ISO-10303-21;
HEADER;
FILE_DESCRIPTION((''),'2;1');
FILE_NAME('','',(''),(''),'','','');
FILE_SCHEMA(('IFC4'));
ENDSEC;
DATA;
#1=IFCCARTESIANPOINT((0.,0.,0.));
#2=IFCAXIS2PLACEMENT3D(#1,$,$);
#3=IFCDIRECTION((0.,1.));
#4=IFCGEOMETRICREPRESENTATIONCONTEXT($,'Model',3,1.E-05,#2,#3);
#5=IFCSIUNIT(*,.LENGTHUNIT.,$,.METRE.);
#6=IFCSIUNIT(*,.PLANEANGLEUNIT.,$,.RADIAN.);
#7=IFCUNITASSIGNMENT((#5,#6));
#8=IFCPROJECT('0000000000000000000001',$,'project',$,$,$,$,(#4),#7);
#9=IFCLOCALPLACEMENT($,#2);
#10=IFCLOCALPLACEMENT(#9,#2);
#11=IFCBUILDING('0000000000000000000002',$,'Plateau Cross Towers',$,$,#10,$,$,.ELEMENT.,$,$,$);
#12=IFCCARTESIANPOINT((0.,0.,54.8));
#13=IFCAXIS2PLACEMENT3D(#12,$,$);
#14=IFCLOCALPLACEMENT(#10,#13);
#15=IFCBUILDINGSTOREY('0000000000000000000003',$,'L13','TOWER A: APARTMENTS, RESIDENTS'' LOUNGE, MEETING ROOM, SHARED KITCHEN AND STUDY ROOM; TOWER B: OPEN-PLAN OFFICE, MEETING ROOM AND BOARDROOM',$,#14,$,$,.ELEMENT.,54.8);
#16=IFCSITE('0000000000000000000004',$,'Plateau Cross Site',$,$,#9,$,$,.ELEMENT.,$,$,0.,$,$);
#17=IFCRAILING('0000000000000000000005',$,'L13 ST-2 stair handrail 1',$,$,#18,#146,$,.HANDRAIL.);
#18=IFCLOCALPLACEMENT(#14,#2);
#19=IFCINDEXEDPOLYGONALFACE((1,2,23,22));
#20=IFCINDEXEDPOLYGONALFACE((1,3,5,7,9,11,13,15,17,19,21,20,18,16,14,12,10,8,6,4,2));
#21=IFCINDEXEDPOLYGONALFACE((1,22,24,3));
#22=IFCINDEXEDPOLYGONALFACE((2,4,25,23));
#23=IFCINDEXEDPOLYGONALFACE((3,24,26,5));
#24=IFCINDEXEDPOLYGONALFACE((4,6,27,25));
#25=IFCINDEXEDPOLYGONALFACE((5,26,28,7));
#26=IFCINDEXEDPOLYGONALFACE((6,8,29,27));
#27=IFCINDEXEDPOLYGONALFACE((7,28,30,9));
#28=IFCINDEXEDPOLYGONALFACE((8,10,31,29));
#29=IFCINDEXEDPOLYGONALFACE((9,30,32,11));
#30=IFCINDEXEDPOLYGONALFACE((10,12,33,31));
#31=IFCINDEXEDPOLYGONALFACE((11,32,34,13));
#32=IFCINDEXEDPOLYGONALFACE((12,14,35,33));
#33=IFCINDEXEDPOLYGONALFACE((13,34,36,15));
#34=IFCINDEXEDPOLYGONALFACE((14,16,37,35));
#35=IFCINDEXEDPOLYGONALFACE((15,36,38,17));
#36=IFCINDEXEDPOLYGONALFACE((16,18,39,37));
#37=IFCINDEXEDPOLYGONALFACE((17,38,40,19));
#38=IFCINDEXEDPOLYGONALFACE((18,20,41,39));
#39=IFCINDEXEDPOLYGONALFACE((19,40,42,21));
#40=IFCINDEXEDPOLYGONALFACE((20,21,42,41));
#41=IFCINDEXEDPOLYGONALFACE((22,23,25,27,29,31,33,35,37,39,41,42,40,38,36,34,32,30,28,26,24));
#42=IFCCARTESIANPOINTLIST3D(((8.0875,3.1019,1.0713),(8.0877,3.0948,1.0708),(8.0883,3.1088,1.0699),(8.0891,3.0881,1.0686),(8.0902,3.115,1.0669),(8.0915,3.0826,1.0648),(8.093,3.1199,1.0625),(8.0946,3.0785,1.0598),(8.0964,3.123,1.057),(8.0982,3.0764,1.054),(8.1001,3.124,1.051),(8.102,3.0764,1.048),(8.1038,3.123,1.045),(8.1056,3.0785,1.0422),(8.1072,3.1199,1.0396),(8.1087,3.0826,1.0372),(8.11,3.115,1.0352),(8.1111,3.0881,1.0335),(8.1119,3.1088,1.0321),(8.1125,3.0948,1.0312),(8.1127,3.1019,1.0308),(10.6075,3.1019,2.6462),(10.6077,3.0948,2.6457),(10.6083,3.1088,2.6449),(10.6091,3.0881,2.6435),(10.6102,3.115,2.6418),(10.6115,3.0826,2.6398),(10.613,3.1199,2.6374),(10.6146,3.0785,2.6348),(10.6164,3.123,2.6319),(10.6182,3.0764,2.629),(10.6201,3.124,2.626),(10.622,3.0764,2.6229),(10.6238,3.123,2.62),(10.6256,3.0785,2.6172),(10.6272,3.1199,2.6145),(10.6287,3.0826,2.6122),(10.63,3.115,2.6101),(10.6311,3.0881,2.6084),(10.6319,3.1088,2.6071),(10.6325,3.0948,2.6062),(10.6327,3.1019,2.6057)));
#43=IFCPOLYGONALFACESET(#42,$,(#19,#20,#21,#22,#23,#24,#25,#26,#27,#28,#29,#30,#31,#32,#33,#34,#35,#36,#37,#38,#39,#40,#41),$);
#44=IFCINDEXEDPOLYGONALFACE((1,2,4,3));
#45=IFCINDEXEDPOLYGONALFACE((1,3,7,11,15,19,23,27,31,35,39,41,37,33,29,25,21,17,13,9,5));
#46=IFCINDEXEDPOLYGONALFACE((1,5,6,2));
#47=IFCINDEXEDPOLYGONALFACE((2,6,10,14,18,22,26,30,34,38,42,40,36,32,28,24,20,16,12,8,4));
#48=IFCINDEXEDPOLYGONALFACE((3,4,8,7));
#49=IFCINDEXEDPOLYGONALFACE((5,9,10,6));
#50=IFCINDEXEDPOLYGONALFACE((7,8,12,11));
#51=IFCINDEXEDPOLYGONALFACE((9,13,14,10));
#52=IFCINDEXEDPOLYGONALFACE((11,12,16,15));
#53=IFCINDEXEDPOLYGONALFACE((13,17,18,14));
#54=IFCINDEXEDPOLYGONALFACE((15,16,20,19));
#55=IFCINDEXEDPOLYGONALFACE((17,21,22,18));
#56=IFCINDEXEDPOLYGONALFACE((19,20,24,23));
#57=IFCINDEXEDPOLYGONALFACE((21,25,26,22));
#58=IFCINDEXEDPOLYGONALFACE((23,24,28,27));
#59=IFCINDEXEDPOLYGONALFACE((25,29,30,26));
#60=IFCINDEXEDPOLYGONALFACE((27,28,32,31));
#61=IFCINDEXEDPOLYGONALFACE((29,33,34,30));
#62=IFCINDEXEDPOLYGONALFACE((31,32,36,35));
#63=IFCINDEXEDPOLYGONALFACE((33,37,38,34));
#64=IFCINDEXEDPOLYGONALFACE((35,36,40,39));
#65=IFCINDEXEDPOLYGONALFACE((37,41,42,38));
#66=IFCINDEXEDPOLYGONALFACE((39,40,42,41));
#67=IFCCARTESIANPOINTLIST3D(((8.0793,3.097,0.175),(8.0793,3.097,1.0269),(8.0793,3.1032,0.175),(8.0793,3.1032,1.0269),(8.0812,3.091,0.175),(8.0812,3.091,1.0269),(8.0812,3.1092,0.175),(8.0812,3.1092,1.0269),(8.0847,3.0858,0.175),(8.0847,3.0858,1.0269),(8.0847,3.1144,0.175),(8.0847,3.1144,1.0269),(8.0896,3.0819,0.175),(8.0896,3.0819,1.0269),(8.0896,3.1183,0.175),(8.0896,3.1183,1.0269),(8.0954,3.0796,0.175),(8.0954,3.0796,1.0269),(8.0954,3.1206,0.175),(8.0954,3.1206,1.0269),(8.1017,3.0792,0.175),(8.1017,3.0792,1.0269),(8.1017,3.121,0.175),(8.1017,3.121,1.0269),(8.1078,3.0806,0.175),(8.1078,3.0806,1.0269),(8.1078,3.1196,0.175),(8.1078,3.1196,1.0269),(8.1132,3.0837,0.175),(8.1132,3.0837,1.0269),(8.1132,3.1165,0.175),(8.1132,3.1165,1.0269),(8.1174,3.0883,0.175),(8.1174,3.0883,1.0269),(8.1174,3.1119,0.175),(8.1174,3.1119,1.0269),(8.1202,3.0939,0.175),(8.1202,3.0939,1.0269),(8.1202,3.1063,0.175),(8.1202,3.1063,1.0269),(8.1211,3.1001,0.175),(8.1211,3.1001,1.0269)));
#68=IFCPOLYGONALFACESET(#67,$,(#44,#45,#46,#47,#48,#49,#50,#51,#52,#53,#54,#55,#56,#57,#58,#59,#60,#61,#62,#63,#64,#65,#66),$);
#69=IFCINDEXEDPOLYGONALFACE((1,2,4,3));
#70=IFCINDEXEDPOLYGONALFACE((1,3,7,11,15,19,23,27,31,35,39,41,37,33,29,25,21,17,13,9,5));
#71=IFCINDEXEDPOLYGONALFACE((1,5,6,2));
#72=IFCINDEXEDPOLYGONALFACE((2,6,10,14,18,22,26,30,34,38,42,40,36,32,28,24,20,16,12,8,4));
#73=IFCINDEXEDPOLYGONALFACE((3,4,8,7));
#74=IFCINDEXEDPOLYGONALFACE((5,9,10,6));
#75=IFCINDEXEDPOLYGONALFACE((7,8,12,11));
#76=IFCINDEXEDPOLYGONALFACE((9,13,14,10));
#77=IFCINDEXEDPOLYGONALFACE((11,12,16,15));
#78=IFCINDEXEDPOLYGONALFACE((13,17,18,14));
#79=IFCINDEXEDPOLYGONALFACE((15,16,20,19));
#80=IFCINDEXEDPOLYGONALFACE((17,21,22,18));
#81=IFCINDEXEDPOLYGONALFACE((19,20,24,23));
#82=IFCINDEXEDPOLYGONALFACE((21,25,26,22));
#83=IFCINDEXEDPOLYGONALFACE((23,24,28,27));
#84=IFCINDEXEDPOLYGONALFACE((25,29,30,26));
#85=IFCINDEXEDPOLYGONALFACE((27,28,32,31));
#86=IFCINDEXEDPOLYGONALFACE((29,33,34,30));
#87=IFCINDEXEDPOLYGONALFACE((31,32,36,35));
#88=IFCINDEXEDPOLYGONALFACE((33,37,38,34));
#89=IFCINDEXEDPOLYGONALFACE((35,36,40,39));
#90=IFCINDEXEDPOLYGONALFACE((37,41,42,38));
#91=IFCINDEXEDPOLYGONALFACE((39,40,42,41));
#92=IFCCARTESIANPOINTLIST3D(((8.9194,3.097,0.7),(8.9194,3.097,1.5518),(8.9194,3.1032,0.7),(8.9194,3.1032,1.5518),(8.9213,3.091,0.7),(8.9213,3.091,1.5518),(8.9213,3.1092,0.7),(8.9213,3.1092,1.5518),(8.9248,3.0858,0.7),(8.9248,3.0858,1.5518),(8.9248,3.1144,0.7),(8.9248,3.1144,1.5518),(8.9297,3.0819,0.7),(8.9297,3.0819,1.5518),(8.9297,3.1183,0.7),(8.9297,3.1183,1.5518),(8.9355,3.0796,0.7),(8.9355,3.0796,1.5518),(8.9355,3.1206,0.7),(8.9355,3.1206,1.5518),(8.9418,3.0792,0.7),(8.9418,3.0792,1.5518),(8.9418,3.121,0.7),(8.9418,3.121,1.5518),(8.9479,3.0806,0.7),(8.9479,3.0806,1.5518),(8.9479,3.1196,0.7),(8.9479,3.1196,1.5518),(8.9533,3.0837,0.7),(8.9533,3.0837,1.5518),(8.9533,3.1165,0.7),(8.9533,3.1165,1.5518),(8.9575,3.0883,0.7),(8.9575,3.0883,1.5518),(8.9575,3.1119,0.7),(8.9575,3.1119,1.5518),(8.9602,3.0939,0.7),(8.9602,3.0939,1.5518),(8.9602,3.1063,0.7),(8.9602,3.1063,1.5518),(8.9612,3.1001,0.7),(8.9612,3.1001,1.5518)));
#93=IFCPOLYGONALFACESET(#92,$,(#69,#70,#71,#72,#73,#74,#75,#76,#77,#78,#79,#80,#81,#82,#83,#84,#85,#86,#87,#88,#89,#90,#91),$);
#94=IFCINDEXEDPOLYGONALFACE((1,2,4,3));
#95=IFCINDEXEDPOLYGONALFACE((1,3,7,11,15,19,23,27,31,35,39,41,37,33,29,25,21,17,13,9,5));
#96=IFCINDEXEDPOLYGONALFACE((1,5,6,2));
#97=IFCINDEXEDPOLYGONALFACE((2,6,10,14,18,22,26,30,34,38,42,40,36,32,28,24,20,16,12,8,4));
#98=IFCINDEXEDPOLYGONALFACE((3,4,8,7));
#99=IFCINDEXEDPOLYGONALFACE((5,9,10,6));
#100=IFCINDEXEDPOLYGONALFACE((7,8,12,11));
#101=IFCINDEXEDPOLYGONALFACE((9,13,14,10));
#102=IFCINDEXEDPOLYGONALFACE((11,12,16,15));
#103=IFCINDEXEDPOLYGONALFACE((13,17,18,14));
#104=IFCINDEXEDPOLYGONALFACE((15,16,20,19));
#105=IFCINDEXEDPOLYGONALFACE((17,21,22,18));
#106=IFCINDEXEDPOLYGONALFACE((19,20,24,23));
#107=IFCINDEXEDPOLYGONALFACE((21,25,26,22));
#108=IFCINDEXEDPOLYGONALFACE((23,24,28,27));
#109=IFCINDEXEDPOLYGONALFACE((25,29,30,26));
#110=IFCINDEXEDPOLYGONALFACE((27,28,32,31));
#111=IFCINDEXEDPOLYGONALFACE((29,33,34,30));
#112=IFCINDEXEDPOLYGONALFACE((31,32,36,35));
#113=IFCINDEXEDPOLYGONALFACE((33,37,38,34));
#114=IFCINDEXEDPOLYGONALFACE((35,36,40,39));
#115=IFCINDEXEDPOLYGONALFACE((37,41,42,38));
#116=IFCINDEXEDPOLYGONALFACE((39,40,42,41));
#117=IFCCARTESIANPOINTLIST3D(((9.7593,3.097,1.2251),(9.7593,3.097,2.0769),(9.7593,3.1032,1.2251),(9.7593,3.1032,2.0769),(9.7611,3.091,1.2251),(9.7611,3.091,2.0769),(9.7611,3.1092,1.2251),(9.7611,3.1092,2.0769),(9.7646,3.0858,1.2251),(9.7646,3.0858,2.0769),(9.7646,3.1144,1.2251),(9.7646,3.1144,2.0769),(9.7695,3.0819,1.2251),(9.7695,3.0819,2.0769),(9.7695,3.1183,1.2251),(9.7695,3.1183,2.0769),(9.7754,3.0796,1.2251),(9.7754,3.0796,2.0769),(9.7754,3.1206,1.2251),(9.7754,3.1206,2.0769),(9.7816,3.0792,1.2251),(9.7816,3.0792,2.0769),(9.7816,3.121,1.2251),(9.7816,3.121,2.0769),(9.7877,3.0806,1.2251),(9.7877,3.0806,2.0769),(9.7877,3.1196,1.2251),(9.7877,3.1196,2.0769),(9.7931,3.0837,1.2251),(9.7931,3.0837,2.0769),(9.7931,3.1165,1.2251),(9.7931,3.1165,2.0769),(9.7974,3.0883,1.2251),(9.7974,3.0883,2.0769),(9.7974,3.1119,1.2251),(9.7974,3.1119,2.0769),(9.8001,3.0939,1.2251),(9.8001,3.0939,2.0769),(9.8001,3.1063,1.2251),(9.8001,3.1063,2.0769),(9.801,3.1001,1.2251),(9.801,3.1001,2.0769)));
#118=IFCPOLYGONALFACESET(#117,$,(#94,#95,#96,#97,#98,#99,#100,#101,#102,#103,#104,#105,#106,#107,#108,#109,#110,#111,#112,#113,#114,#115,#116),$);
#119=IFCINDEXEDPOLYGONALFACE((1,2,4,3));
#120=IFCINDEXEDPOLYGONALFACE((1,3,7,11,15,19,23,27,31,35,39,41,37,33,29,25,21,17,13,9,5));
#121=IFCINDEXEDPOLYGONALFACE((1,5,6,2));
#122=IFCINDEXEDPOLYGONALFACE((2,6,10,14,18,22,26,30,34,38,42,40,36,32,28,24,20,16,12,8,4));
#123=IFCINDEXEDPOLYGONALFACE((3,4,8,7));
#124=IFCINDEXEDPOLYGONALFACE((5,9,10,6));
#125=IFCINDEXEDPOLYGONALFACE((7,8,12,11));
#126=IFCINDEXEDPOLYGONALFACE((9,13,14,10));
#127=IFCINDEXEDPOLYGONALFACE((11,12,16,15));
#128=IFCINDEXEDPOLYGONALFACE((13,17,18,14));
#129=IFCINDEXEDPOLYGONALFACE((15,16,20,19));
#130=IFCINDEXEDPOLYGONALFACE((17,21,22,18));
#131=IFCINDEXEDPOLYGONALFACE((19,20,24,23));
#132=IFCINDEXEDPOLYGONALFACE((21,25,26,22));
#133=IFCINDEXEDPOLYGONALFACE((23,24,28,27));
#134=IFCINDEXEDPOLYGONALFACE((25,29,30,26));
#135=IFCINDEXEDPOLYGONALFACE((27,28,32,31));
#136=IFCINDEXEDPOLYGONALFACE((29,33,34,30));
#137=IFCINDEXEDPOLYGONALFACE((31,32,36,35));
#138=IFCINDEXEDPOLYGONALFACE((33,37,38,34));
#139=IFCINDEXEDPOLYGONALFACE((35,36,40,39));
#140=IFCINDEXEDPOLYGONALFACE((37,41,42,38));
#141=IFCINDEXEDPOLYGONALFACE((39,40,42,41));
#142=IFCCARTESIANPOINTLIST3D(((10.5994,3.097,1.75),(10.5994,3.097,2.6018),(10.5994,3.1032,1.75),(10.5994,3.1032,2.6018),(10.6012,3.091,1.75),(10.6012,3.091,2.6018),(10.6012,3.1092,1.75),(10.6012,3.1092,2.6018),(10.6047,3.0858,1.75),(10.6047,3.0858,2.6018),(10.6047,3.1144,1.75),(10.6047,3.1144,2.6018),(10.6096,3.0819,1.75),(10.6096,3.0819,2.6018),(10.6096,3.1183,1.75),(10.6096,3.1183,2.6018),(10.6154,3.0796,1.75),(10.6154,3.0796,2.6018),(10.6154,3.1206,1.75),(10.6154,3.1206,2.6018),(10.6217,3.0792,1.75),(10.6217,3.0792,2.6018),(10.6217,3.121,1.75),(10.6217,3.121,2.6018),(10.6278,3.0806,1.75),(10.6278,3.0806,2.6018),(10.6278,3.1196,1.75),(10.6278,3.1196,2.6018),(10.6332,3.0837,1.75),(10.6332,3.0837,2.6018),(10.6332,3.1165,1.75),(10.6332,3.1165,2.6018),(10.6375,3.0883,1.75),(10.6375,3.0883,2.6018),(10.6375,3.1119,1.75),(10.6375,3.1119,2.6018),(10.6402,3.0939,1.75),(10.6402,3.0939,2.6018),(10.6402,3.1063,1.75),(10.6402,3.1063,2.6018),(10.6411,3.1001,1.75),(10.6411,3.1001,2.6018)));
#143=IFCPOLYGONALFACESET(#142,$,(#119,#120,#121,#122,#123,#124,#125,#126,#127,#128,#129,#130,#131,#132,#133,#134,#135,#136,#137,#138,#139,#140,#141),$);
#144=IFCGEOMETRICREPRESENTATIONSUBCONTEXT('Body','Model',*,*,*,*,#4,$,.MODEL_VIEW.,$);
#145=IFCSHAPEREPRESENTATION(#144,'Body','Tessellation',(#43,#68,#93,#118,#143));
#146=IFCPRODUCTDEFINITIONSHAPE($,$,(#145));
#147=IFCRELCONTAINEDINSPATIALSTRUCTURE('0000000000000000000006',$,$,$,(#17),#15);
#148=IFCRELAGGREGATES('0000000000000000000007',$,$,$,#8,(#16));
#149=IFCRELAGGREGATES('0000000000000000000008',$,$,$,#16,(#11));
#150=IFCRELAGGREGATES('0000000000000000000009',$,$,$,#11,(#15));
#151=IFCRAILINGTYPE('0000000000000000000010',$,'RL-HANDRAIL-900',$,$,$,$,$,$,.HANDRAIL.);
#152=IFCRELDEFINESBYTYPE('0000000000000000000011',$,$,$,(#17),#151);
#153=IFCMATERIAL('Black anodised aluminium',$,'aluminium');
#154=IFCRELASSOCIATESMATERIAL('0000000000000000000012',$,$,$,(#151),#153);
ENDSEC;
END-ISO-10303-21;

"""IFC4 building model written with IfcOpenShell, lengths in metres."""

from ifc_helpers import new_model, si_unit, direction, frame, origin, origin_2d, place, context, subcontext, project, spatial, circle, extrude, material, type_object, element, save


model = new_model("IFC4")

# Units and contexts
model_context = context("Model", 3, precision=1e-05, world=origin(), true_north=direction((0.0, 1.0)))
body_context = subcontext(model_context, "Body", "Model", "MODEL_VIEW")
ifc_project = project(units=[si_unit("LENGTHUNIT", "METRE"), si_unit("PLANEANGLEUNIT", "RADIAN")], contexts=[model_context])

# Site, building, storey
site_placement = place(None, origin())
site = spatial("IfcSite", under=ifc_project, at=site_placement, Name="Plateau Cross Site", CompositionType="ELEMENT", RefElevation=0.0)
building_placement = place(site_placement, origin())
building = spatial("IfcBuilding", under=site, at=building_placement, Name="Plateau Cross Towers", CompositionType="ELEMENT")
storey_placement = place(building_placement, frame((0.0, 0.0, 54.8)))
storey = spatial("IfcBuildingStorey", under=building, at=storey_placement, Name="L13", Description="TOWER A: APARTMENTS, RESIDENTS' LOUNGE, MEETING ROOM, SHARED KITCHEN AND STUDY ROOM; TOWER B: OPEN-PLAN OFFICE, MEETING ROOM AND BOARDROOM", CompositionType="ELEMENT", Elevation=54.8)

# Shared definitions
ifc_material_1 = material(Name="Black anodised aluminium", Category="aluminium")

# Railing
railing_type_1 = type_object("IfcRailingType", Name="RL-HANDRAIL-900", PredefinedType="HANDRAIL", material=ifc_material_1)
railing_1_placement = place(storey_placement, frame((8.1001, 3.1001, 0.175)))
element("IfcRailing", 1, at=railing_1_placement, inside=storey, type_object=railing_type_1, Name="L13 ST-2 stair handrail 1", PredefinedType="HANDRAIL", context=body_context, shape_type="SweptSolid", body=[
    extrude(circle(Radius=0.0239, at=origin_2d()), frame((0.0, 0.0, 0.876), z_axis=(0.848008, 0.0, 0.529984), x_axis=(0.0, 1.0, 0.0)), (0.0, 0.0, 1.0), 2.9717),
    extrude(circle(Radius=0.021, at=origin_2d()), origin(), (0.0, 0.0, 1.0), 0.8518),
    extrude(circle(Radius=0.021, at=origin_2d()), frame((0.8401, 0.0, 0.5249)), (0.0, 0.0, 1.0), 0.8518),
    extrude(circle(Radius=0.021, at=origin_2d()), frame((1.6799, 0.0, 1.05)), (0.0, 0.0, 1.0), 0.8518),
    extrude(circle(Radius=0.021, at=origin_2d()), frame((2.52, 0.0, 1.575)), (0.0, 0.0, 1.0), 0.8518),
])

save(model, "model.ifc")
